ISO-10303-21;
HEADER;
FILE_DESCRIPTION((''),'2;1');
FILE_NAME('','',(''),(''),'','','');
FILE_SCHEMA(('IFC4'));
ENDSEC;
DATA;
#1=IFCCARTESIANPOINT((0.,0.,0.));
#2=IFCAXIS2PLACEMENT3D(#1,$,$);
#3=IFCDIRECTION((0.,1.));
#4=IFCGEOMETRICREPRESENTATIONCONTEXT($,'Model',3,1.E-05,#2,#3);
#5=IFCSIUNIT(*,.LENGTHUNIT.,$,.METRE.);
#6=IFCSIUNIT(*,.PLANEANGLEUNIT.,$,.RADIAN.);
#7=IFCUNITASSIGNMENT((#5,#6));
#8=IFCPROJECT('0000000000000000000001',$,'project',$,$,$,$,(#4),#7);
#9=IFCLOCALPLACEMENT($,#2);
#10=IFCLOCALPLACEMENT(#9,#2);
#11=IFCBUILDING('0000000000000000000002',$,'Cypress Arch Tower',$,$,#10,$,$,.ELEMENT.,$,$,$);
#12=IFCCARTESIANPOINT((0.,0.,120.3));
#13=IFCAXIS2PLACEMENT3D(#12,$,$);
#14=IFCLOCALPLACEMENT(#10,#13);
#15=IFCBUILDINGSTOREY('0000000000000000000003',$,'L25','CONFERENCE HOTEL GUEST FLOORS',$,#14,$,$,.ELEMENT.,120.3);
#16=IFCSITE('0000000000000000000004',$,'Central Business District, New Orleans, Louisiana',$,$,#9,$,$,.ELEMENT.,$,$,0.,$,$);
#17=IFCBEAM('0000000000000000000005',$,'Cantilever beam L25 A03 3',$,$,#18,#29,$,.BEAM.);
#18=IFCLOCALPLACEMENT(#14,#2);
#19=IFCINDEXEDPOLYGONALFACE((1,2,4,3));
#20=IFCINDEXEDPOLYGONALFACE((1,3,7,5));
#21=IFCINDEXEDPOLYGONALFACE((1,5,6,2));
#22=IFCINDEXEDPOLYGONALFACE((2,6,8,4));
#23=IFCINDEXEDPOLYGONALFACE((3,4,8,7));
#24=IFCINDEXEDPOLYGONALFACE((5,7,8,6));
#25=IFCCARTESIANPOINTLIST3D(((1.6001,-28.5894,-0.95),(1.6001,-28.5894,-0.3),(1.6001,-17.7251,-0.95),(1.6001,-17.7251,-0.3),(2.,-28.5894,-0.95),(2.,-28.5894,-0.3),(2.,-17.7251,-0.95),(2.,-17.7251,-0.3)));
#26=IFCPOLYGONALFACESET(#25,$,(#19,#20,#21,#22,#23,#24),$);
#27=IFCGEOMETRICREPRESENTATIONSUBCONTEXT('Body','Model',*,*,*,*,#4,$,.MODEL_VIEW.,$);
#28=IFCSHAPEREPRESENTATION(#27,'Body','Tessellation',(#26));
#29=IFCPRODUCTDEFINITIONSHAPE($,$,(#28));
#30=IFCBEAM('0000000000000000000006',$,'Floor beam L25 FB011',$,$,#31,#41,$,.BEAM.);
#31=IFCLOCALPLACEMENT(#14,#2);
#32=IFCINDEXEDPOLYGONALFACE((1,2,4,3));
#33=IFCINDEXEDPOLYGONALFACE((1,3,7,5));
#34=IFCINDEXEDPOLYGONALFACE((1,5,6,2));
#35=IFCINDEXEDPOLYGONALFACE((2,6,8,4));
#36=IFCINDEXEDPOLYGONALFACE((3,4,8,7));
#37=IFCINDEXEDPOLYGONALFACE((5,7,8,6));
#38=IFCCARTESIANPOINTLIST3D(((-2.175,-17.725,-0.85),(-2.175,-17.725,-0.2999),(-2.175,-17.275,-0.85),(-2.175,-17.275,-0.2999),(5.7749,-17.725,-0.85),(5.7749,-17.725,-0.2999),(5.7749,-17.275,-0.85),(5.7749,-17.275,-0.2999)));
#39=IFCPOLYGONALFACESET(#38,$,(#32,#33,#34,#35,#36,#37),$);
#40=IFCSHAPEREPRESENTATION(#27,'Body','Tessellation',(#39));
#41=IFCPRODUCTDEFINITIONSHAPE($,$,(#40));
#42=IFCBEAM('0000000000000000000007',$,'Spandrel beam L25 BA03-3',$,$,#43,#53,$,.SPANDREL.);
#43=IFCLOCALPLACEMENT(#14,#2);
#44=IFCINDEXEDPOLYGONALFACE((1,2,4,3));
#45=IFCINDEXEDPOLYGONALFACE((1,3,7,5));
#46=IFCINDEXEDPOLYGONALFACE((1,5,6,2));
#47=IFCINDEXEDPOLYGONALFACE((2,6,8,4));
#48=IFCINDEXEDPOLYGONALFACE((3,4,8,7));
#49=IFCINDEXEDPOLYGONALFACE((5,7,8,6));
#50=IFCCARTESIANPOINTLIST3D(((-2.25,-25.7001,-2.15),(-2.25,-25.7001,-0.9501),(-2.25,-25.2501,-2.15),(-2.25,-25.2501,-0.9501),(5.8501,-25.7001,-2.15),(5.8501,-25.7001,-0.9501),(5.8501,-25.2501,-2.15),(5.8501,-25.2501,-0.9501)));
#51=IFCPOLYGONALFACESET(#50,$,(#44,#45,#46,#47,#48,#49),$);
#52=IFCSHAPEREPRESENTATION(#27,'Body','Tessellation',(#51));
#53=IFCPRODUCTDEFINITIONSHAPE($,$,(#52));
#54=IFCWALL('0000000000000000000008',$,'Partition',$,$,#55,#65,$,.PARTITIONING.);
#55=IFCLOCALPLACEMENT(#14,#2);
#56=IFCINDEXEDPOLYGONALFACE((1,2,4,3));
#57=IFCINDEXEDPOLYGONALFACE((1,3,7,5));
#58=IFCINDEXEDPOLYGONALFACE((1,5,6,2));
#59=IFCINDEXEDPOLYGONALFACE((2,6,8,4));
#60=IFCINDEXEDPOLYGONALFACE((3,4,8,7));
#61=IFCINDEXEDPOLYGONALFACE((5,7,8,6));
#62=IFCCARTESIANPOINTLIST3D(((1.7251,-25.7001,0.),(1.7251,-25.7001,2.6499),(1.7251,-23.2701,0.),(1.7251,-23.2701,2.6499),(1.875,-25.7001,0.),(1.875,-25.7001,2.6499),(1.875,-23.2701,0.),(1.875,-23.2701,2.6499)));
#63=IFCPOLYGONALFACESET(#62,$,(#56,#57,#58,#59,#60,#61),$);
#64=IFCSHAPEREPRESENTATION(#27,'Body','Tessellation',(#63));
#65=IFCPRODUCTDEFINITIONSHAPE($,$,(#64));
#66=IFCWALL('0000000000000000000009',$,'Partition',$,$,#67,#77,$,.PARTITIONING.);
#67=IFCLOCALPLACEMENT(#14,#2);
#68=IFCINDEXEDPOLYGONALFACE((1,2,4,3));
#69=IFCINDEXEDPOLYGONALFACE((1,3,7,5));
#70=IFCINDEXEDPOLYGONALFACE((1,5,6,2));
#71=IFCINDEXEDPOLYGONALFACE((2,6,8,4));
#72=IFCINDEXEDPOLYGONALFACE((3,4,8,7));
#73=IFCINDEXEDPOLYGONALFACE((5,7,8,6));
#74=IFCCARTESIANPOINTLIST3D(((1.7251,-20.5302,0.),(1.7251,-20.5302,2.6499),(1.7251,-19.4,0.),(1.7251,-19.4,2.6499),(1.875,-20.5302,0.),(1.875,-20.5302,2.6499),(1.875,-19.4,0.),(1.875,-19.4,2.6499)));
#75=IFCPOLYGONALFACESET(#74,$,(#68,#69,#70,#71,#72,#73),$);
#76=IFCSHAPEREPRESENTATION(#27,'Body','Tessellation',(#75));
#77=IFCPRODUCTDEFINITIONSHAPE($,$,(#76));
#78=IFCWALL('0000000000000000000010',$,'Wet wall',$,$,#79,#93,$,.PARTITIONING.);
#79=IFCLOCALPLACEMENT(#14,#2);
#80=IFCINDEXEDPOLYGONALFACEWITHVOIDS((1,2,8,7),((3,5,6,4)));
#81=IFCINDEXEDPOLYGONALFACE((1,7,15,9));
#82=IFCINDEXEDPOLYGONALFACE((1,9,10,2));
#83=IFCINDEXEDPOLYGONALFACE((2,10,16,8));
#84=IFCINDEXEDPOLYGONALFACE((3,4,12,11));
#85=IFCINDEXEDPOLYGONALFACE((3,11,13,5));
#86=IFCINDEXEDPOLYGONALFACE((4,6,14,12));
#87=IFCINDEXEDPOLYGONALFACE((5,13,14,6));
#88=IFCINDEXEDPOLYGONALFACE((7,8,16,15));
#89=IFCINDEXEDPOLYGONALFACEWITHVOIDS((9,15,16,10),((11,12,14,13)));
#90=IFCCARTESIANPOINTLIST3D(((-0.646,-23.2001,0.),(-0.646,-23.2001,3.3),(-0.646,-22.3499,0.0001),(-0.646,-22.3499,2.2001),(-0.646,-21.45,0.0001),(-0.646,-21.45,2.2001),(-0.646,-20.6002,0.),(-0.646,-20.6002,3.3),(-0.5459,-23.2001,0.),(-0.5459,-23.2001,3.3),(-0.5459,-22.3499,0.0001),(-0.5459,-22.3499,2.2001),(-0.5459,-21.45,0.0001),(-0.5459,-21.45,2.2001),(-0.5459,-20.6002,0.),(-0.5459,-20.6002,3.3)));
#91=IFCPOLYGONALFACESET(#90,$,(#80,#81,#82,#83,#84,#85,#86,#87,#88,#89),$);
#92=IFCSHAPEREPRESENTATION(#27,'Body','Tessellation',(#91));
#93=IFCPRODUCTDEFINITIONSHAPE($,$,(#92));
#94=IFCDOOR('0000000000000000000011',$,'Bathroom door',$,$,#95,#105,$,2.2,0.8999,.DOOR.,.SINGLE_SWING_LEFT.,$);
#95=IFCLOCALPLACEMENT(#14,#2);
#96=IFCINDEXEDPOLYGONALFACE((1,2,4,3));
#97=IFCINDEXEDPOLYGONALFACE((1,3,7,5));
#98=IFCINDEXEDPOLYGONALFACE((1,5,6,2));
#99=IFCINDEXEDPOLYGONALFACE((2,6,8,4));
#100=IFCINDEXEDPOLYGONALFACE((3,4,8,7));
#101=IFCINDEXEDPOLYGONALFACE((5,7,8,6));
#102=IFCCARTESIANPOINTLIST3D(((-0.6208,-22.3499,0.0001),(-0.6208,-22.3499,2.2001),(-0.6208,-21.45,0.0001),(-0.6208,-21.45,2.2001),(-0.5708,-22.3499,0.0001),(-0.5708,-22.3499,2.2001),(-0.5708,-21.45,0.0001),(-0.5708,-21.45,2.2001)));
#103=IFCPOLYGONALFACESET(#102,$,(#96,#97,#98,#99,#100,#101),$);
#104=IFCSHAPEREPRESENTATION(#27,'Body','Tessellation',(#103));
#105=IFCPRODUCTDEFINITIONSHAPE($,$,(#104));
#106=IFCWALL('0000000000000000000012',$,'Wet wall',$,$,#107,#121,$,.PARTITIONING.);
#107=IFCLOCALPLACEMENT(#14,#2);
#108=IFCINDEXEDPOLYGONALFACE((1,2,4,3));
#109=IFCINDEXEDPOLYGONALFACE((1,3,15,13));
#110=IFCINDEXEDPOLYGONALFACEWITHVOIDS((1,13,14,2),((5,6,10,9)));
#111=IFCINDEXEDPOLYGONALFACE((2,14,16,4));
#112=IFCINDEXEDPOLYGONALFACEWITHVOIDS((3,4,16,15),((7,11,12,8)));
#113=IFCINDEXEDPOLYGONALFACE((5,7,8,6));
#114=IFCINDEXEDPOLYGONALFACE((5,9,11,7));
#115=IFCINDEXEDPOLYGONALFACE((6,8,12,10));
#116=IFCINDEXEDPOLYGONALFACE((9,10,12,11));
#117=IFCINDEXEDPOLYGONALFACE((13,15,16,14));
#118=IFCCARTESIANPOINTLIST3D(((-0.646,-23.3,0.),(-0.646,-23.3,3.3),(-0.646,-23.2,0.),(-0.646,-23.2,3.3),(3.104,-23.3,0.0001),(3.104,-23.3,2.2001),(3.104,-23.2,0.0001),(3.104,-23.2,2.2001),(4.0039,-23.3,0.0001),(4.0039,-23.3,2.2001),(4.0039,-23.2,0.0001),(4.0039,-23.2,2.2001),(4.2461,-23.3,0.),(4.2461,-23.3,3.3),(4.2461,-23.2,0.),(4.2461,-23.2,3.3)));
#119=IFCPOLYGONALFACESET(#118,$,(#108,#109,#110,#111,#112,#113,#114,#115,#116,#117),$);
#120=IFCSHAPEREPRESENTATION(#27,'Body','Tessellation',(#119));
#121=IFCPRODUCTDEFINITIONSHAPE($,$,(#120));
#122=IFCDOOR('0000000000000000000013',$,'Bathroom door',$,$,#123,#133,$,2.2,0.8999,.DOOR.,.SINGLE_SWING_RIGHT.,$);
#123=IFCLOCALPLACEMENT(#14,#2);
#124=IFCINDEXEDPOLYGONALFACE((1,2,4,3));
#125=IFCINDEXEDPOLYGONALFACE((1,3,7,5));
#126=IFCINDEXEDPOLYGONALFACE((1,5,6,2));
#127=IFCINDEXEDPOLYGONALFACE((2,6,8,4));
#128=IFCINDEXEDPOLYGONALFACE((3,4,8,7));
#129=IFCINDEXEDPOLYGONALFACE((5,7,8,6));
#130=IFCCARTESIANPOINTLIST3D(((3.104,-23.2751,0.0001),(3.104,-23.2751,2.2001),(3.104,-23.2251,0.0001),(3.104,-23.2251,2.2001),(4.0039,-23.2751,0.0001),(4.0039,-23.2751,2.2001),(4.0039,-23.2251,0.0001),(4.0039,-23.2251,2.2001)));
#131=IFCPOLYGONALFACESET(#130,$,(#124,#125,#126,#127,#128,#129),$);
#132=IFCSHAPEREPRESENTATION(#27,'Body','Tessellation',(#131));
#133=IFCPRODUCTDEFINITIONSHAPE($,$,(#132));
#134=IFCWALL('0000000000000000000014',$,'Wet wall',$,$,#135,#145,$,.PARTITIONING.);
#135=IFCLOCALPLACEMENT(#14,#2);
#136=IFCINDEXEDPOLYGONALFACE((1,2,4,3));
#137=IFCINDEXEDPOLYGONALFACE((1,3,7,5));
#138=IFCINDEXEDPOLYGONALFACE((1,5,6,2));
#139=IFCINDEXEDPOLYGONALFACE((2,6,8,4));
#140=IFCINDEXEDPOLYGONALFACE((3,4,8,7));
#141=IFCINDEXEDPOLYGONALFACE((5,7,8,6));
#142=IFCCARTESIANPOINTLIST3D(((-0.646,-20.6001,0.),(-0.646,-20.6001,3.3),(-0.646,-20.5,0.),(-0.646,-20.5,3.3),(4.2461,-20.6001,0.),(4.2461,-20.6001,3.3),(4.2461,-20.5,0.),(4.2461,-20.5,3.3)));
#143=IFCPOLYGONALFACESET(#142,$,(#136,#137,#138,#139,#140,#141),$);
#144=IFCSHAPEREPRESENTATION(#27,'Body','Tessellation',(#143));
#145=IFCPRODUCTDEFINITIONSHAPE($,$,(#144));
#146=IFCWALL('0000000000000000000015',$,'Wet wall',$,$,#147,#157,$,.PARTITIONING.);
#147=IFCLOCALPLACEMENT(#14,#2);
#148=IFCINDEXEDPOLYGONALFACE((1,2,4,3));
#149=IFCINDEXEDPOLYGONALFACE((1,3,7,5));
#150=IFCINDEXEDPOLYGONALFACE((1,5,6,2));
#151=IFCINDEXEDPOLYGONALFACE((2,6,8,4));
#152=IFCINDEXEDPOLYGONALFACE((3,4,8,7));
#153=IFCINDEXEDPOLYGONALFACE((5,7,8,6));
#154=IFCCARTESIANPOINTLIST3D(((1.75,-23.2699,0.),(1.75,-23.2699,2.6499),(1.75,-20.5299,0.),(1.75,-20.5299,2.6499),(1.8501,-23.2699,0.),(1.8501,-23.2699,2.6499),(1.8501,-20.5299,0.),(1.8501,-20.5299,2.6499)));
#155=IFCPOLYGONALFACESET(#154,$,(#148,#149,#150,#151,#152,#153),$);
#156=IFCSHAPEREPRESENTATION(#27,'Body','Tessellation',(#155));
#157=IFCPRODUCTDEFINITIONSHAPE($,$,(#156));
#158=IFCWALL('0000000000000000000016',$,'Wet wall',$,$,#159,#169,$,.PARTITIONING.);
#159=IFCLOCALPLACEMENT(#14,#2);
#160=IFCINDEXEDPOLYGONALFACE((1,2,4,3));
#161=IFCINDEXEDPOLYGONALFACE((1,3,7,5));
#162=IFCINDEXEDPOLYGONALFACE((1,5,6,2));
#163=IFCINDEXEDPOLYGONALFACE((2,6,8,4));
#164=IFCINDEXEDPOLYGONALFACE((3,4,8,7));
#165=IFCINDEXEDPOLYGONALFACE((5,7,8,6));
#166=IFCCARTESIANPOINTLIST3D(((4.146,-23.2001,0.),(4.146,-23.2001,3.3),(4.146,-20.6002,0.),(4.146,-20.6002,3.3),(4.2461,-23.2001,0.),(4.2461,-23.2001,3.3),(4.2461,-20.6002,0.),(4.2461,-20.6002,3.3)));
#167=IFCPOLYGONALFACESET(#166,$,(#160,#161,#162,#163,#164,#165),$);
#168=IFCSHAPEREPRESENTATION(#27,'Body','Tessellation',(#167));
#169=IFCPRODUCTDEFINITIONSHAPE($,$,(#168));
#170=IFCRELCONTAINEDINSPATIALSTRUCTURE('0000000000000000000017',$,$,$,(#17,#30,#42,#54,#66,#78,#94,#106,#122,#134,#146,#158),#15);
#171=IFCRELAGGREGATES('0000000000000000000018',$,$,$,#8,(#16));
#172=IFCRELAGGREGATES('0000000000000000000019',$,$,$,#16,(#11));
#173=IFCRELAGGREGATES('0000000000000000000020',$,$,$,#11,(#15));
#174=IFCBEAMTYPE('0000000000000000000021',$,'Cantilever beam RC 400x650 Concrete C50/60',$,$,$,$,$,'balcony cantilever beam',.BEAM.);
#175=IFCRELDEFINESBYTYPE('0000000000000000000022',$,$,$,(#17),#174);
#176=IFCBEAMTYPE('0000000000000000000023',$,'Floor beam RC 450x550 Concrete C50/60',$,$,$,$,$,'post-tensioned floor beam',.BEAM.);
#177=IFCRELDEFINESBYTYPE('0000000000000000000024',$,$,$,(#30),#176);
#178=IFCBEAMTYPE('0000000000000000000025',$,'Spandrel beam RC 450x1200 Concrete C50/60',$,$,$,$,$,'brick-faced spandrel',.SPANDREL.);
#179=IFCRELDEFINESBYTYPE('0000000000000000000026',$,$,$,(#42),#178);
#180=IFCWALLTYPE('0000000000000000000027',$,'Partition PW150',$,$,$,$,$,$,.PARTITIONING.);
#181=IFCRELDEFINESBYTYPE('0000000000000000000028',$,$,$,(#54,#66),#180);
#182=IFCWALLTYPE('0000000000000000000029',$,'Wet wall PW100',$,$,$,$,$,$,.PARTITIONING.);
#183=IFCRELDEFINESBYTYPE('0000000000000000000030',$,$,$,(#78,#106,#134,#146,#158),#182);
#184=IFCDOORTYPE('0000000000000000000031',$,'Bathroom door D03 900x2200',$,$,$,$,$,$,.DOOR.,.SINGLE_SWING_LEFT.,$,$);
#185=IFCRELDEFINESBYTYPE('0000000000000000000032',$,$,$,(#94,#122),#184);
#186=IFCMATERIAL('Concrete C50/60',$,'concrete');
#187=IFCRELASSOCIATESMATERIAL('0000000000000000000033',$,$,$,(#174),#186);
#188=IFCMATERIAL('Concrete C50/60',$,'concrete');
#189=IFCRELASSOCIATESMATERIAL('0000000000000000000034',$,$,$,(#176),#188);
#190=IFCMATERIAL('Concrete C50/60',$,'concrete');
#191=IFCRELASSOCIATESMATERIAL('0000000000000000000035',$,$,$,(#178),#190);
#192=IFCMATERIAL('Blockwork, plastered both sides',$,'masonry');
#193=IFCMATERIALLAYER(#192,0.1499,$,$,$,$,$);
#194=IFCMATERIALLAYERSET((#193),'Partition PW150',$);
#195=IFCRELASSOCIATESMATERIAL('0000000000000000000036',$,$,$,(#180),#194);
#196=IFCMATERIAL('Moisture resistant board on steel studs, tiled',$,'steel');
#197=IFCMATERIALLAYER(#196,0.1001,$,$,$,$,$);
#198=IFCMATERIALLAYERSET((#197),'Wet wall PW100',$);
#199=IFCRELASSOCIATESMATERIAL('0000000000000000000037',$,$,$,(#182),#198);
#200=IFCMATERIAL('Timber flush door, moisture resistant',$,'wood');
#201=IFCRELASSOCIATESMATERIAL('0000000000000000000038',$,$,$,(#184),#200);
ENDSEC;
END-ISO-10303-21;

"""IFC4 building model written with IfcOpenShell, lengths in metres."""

from ifc_helpers import new_model, si_unit, direction, frame, frame_2d, origin, origin_2d, place, context, subcontext, project, spatial, rectangle, extrude, material, layer, layer_set, material_profile, profile_set, type_object, element, fill, save


model = new_model("IFC4")

# Units and contexts
model_context = context("Model", 3, precision=1e-05, world=origin(), true_north=direction((0.0, 1.0)))
body_context = subcontext(model_context, "Body", "Model", "MODEL_VIEW")
ifc_project = project(units=[si_unit("LENGTHUNIT", "METRE"), si_unit("PLANEANGLEUNIT", "RADIAN")], contexts=[model_context])

# Site, building, storey
site_placement = place(None, origin())
site = spatial("IfcSite", under=ifc_project, at=site_placement, Name="Central Business District, New Orleans, Louisiana", CompositionType="ELEMENT", RefElevation=0.0)
building_placement = place(site_placement, origin())
building = spatial("IfcBuilding", under=site, at=building_placement, Name="Cypress Arch Tower", CompositionType="ELEMENT")
storey_placement = place(building_placement, frame((0.0, 0.0, 120.3)))
storey = spatial("IfcBuildingStorey", under=building, at=storey_placement, Name="L25", Description="CONFERENCE HOTEL GUEST FLOORS", CompositionType="ELEMENT", Elevation=120.3)

# Beams
ifc_material_1 = material(Name="Concrete C50/60", Category="concrete")
ifc_material_profile_1 = material_profile(ifc_material_1, rectangle(XDim=0.3999, YDim=0.6499, at=origin_2d()), Name="RC 400x650")
ifc_profile_set_1 = profile_set([ifc_material_profile_1], Name="Concrete C50/60")
beam_type_1 = type_object("IfcBeamType", Name="Cantilever beam RC 400x650 Concrete C50/60", ElementType="balcony cantilever beam", PredefinedType="BEAM", material=ifc_profile_set_1)
beam_1_placement = place(storey_placement, frame((1.8, -17.7251, -0.625), z_axis=(0.0, -1.0, 0.0), x_axis=(1.0, 0.0, 0.0)))
element("IfcBeam", 1, at=beam_1_placement, inside=storey, type_object=beam_type_1, Name="Cantilever beam L25 A03 3", PredefinedType="BEAM", context=body_context, shape_type="SweptSolid", body=[
    extrude(rectangle(XDim=0.3999, YDim=0.6499, at=origin_2d()), origin(), (0.0, 0.0, 1.0), 10.8643),
])
ifc_material_2 = material(Name="Concrete C50/60", Category="concrete")
ifc_material_profile_2 = material_profile(ifc_material_2, rectangle(XDim=0.45, YDim=0.55, at=origin_2d()), Name="RC 450x550")
ifc_profile_set_2 = profile_set([ifc_material_profile_2], Name="Concrete C50/60")
beam_type_2 = type_object("IfcBeamType", Name="Floor beam RC 450x550 Concrete C50/60", ElementType="post-tensioned floor beam", PredefinedType="BEAM", material=ifc_profile_set_2)
beam_2_placement = place(storey_placement, frame((-2.175, -17.5, -0.575), z_axis=(1.0, 0.0, 0.0), x_axis=(0.0, 1.0, 0.0)))
element("IfcBeam", 2, at=beam_2_placement, inside=storey, type_object=beam_type_2, Name="Floor beam L25 FB011", PredefinedType="BEAM", context=body_context, shape_type="SweptSolid", body=[
    extrude(rectangle(XDim=0.45, YDim=0.55, at=origin_2d()), origin(), (0.0, 0.0, 1.0), 7.95),
])
ifc_material_3 = material(Name="Concrete C50/60", Category="concrete")
ifc_material_profile_3 = material_profile(ifc_material_3, rectangle(XDim=0.45, YDim=1.2, at=origin_2d()), Name="RC 450x1200")
ifc_profile_set_3 = profile_set([ifc_material_profile_3], Name="Concrete C50/60")
beam_type_3 = type_object("IfcBeamType", Name="Spandrel beam RC 450x1200 Concrete C50/60", ElementType="brick-faced spandrel", PredefinedType="SPANDREL", material=ifc_profile_set_3)
beam_3_placement = place(storey_placement, frame((-2.25, -25.4751, -1.55), z_axis=(1.0, 0.0, 0.0), x_axis=(0.0, 1.0, 0.0)))
element("IfcBeam", 3, at=beam_3_placement, inside=storey, type_object=beam_type_3, Name="Spandrel beam L25 BA03-3", PredefinedType="SPANDREL", context=body_context, shape_type="SweptSolid", body=[
    extrude(rectangle(XDim=0.45, YDim=1.2, at=origin_2d()), origin(), (0.0, 0.0, 1.0), 8.1001),
])

# Walls
ifc_material_4 = material(Name="Blockwork, plastered both sides", Category="masonry")
ifc_layer_1 = layer(ifc_material_4, 0.1499)
ifc_layer_set_1 = layer_set([ifc_layer_1], Name="Partition PW150")
wall_type_1 = type_object("IfcWallType", Name="Partition PW150", PredefinedType="PARTITIONING", material=ifc_layer_set_1)
wall_1_placement = place(storey_placement, frame((1.8, -25.7, 0.0), z_axis=(0.0, 0.0, 1.0), x_axis=(0.0, 1.0, 0.0)))
element("IfcWall", 4, at=wall_1_placement, inside=storey, type_object=wall_type_1, Name="Partition", PredefinedType="PARTITIONING", context=body_context, shape_type="SweptSolid", body=[
    extrude(rectangle(XDim=2.4299, YDim=0.1499, at=frame_2d((1.2148, 0.0))), origin(), (0.0, 0.0, 1.0), 2.6499),
])
wall_2_placement = place(storey_placement, frame((1.8, -20.53, 0.0), z_axis=(0.0, 0.0, 1.0), x_axis=(0.0, 1.0, 0.0)))
element("IfcWall", 5, at=wall_2_placement, inside=storey, type_object=wall_type_1, Name="Partition", PredefinedType="PARTITIONING", context=body_context, shape_type="SweptSolid", body=[
    extrude(rectangle(XDim=1.1301, YDim=0.1499, at=frame_2d((0.5649, 0.0))), origin(), (0.0, 0.0, 1.0), 2.6499),
])

# Walls, openings, doors
ifc_material_5 = material(Name="Moisture resistant board on steel studs, tiled", Category="steel")
ifc_layer_2 = layer(ifc_material_5, 0.1001)
ifc_layer_set_2 = layer_set([ifc_layer_2], Name="Wet wall PW100")
wall_type_2 = type_object("IfcWallType", Name="Wet wall PW100", PredefinedType="PARTITIONING", material=ifc_layer_set_2)
wall_3_placement = place(storey_placement, frame((-0.5959, -23.2, 0.0), z_axis=(0.0, 0.0, 1.0), x_axis=(0.0, 1.0, 0.0)))
wall_3 = element("IfcWall", 6, at=wall_3_placement, inside=storey, type_object=wall_type_2, Name="Wet wall", PredefinedType="PARTITIONING", context=body_context, shape_type="SweptSolid", body=[
    extrude(rectangle(XDim=2.5999, YDim=0.1001, at=frame_2d((1.2998, 0.0))), origin(), (0.0, 0.0, 1.0), 3.3),
])
opening_1_placement = place(wall_3_placement, frame((0.8501, 0.0, 0.0)))
opening_1 = element("IfcOpeningElement", 7, at=opening_1_placement, cuts=wall_3, PredefinedType="OPENING", context=body_context, shape_type="SweptSolid", body=[
    extrude(rectangle(XDim=0.8999, YDim=2.2, at=frame_2d((0.45, 1.1001))), frame((0.0, 0.0601, 0.0), z_axis=(0.0, -1.0, 0.0), x_axis=(1.0, 0.0, 0.0)), (0.0, 0.0, 1.0), 0.1201),
])
ifc_material_6 = material(Name="Timber flush door, moisture resistant", Category="wood")
door_type_1 = type_object("IfcDoorType", Name="Bathroom door D03 900x2200", OperationType="SINGLE_SWING_LEFT", PredefinedType="DOOR", material=ifc_material_6)
door_1_placement = place(opening_1_placement, origin())
door_1 = element("IfcDoor", 8, at=door_1_placement, inside=storey, type_object=door_type_1, Name="Bathroom door", OperationType="SINGLE_SWING_LEFT", OverallHeight=2.2, OverallWidth=0.8999, PredefinedType="DOOR", context=body_context, shape_type="SweptSolid", body=[
    extrude(rectangle(XDim=0.8999, YDim=2.2, at=frame_2d((0.45, 1.1001))), frame((0.0, 0.0249, 0.0), z_axis=(0.0, -1.0, 0.0), x_axis=(1.0, 0.0, 0.0)), (0.0, 0.0, 1.0), 0.05),
])
fill(opening_1, door_1)
wall_4_placement = place(storey_placement, frame((-0.646, -23.25, 0.0), z_axis=(0.0, 0.0, 1.0), x_axis=(1.0, 0.0, 0.0)))
wall_4 = element("IfcWall", 9, at=wall_4_placement, inside=storey, type_object=wall_type_2, Name="Wet wall", PredefinedType="PARTITIONING", context=body_context, shape_type="SweptSolid", body=[
    extrude(rectangle(XDim=4.8921, YDim=0.1001, at=frame_2d((2.446, 0.0))), origin(), (0.0, 0.0, 1.0), 3.3),
])
opening_2_placement = place(wall_4_placement, frame((3.75, 0.0, 0.0)))
opening_2 = element("IfcOpeningElement", 10, at=opening_2_placement, cuts=wall_4, PredefinedType="OPENING", context=body_context, shape_type="SweptSolid", body=[
    extrude(rectangle(XDim=0.8999, YDim=2.2, at=frame_2d((0.45, 1.1001))), frame((0.0, 0.0601, 0.0), z_axis=(0.0, -1.0, 0.0), x_axis=(1.0, 0.0, 0.0)), (0.0, 0.0, 1.0), 0.1201),
])
door_2_placement = place(opening_2_placement, origin())
door_2 = element("IfcDoor", 11, at=door_2_placement, inside=storey, type_object=door_type_1, Name="Bathroom door", OperationType="SINGLE_SWING_RIGHT", OverallHeight=2.2, OverallWidth=0.8999, PredefinedType="DOOR", context=body_context, shape_type="SweptSolid", body=[
    extrude(rectangle(XDim=0.8999, YDim=2.2, at=frame_2d((0.45, 1.1001))), frame((0.0, 0.0249, 0.0), z_axis=(0.0, -1.0, 0.0), x_axis=(1.0, 0.0, 0.0)), (0.0, 0.0, 1.0), 0.05),
])
fill(opening_2, door_2)

# Walls
wall_5_placement = place(storey_placement, frame((-0.646, -20.55, 0.0), z_axis=(0.0, 0.0, 1.0), x_axis=(1.0, 0.0, 0.0)))
element("IfcWall", 12, at=wall_5_placement, inside=storey, type_object=wall_type_2, Name="Wet wall", PredefinedType="PARTITIONING", context=body_context, shape_type="SweptSolid", body=[
    extrude(rectangle(XDim=4.8921, YDim=0.1001, at=frame_2d((2.446, 0.0))), origin(), (0.0, 0.0, 1.0), 3.3),
])
wall_6_placement = place(storey_placement, frame((1.8, -23.27, 0.0), z_axis=(0.0, 0.0, 1.0), x_axis=(0.0, 1.0, 0.0)))
element("IfcWall", 13, at=wall_6_placement, inside=storey, type_object=wall_type_2, Name="Wet wall", PredefinedType="PARTITIONING", context=body_context, shape_type="SweptSolid", body=[
    extrude(rectangle(XDim=2.74, YDim=0.1001, at=frame_2d((1.3701, 0.0))), origin(), (0.0, 0.0, 1.0), 2.6499),
])
wall_7_placement = place(storey_placement, frame((4.196, -23.2, 0.0), z_axis=(0.0, 0.0, 1.0), x_axis=(0.0, 1.0, 0.0)))
element("IfcWall", 14, at=wall_7_placement, inside=storey, type_object=wall_type_2, Name="Wet wall", PredefinedType="PARTITIONING", context=body_context, shape_type="SweptSolid", body=[
    extrude(rectangle(XDim=2.5999, YDim=0.1001, at=frame_2d((1.2998, 0.0))), origin(), (0.0, 0.0, 1.0), 3.3),
])

save(model, "model.ifc")
